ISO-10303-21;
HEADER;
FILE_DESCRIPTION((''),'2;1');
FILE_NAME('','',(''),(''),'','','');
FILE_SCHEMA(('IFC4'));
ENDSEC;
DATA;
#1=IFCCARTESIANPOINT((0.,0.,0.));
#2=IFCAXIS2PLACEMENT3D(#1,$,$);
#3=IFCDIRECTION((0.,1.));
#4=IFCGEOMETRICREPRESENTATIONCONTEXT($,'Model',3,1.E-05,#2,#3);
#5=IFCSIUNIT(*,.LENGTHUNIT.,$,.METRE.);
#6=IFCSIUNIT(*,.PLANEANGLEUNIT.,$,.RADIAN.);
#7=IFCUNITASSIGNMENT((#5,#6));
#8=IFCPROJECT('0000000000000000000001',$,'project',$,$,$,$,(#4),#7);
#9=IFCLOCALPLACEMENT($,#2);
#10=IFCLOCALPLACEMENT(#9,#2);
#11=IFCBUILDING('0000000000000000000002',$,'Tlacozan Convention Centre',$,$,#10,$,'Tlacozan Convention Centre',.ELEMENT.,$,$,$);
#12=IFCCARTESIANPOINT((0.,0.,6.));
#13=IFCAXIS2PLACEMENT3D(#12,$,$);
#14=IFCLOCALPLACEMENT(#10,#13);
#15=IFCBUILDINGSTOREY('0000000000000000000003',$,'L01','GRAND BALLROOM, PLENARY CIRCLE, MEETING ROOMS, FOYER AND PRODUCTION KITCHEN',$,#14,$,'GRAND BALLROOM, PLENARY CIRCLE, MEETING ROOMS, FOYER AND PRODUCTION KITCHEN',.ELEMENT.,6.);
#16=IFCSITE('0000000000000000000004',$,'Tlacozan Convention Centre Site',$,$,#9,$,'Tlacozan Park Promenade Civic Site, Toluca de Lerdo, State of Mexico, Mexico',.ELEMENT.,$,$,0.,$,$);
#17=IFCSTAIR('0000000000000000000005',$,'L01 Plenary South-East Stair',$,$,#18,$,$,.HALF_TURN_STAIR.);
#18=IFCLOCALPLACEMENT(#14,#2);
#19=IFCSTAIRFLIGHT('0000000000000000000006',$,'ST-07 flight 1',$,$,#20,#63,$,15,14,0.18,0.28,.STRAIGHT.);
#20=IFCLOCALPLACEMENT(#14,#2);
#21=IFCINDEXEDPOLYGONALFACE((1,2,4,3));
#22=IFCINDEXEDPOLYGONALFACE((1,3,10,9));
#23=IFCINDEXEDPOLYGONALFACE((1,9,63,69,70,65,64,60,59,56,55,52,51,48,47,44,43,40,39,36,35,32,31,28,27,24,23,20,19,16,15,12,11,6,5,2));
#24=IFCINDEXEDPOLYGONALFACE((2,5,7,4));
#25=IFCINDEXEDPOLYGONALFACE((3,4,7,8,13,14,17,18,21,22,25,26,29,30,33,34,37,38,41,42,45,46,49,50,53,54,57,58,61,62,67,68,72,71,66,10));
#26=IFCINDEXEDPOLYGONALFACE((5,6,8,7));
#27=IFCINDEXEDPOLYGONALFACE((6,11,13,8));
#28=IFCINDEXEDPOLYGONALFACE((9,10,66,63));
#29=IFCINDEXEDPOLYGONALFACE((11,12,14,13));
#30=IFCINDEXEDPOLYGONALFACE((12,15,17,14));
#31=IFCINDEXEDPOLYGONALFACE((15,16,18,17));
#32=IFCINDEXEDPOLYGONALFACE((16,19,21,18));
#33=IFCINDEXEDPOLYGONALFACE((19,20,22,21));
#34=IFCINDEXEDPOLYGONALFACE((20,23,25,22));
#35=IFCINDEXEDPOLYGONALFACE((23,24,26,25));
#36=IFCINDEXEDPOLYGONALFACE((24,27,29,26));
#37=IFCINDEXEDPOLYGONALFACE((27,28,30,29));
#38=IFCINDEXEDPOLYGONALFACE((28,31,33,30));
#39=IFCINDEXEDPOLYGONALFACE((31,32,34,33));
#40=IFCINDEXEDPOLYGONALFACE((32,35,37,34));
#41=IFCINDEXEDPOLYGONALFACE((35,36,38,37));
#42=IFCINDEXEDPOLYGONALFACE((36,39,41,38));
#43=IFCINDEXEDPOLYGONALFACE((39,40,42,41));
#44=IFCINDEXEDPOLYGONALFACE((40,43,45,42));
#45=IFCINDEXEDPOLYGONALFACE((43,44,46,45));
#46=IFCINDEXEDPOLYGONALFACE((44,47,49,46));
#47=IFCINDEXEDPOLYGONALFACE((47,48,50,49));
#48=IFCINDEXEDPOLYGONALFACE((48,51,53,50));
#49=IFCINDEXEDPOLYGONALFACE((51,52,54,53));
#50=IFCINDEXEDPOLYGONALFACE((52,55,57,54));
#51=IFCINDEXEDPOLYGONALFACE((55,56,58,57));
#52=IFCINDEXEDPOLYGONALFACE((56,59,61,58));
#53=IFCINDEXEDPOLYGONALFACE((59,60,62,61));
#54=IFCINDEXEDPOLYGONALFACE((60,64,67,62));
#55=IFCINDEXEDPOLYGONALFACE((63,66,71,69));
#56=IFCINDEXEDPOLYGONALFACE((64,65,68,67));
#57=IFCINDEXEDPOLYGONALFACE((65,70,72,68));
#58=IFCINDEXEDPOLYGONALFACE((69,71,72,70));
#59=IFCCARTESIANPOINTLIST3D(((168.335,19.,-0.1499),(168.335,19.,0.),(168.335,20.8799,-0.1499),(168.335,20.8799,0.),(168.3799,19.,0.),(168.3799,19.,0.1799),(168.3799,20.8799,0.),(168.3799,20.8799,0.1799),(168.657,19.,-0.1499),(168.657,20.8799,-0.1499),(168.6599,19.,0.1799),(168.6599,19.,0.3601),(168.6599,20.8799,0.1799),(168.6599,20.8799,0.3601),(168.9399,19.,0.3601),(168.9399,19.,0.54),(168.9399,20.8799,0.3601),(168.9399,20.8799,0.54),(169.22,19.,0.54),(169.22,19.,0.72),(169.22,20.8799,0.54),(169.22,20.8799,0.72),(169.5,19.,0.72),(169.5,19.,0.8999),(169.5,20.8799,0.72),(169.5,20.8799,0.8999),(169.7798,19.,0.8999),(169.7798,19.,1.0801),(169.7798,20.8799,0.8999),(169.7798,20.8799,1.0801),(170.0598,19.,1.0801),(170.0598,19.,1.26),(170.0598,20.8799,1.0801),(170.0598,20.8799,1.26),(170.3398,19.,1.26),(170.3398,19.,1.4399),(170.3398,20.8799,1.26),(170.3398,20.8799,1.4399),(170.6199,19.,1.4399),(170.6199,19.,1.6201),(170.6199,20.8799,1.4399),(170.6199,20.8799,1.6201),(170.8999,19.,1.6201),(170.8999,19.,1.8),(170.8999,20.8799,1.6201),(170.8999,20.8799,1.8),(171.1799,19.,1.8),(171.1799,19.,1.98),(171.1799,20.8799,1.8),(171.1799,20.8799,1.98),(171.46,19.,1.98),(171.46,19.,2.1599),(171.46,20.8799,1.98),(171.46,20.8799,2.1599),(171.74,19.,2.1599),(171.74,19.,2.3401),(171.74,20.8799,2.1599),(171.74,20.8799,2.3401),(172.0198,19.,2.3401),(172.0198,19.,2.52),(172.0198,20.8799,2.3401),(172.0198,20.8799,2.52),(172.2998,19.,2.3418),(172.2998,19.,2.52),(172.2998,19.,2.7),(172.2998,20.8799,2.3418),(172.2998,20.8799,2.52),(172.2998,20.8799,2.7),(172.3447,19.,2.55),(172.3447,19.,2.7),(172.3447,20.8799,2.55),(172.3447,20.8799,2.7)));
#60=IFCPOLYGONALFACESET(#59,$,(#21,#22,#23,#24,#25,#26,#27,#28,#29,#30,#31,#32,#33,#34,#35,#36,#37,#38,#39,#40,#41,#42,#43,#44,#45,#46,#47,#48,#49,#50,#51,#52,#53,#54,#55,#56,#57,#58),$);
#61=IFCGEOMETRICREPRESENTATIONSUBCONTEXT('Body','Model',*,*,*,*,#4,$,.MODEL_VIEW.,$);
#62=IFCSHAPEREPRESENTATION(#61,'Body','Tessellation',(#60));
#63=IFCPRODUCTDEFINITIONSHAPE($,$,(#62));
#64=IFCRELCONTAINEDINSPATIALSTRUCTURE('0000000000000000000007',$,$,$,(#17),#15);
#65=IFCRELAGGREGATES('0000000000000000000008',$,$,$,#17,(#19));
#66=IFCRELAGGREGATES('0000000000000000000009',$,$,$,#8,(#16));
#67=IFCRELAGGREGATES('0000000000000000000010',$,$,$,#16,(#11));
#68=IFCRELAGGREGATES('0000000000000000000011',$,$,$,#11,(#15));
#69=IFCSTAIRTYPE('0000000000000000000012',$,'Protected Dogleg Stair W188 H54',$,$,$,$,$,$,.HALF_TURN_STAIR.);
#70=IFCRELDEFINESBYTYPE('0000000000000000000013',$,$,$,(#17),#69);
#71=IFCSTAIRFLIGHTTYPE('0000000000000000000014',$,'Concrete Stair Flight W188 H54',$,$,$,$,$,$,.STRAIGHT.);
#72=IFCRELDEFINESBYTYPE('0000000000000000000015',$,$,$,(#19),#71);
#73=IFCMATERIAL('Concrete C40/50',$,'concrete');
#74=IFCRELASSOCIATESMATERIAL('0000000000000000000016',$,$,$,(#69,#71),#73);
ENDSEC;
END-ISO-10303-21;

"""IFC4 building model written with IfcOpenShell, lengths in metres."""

from ifc_helpers import new_model, si_unit, direction, frame, origin, place, context, subcontext, project, spatial, polyline, outline, extrude, material, type_object, element, aggregate, save


model = new_model("IFC4")

# Units and contexts
model_context = context("Model", 3, precision=1e-05, world=origin(), true_north=direction((0.0, 1.0)))
body_context = subcontext(model_context, "Body", "Model", "MODEL_VIEW")
ifc_project = project(units=[si_unit("LENGTHUNIT", "METRE"), si_unit("PLANEANGLEUNIT", "RADIAN")], contexts=[model_context])

# Site, building, storey
site_placement = place(None, origin())
site = spatial("IfcSite", under=ifc_project, at=site_placement, Name="Tlacozan Convention Centre Site", LongName="Tlacozan Park Promenade Civic Site, Toluca de Lerdo, State of Mexico, Mexico", CompositionType="ELEMENT", RefElevation=0.0)
building_placement = place(site_placement, origin())
building = spatial("IfcBuilding", under=site, at=building_placement, Name="Tlacozan Convention Centre", LongName="Tlacozan Convention Centre", CompositionType="ELEMENT")
storey_placement = place(building_placement, frame((0.0, 0.0, 6.0)))
storey = spatial("IfcBuildingStorey", under=building, at=storey_placement, Name="L01", Description="GRAND BALLROOM, PLENARY CIRCLE, MEETING ROOMS, FOYER AND PRODUCTION KITCHEN", LongName="GRAND BALLROOM, PLENARY CIRCLE, MEETING ROOMS, FOYER AND PRODUCTION KITCHEN", CompositionType="ELEMENT", Elevation=6.0)

# Shared definitions
ifc_material_1 = material(Name="Concrete C40/50", Category="concrete")

# Stair, stair flight
stair_type = type_object("IfcStairType", Name="Protected Dogleg Stair W188 H54", PredefinedType="HALF_TURN_STAIR", material=ifc_material_1)
stair_placement = place(storey_placement, origin())
stair = element("IfcStair", 1, at=stair_placement, inside=storey, type_object=stair_type, Name="L01 Plenary South-East Stair", PredefinedType="HALF_TURN_STAIR")
stair_flight_type = type_object("IfcStairFlightType", Name="Concrete Stair Flight W188 H54", PredefinedType="STRAIGHT", material=ifc_material_1)
stair_flight_placement = place(storey_placement, frame((168.3799, 19.9399, 0.0), z_axis=(0.0, 0.0, 1.0), x_axis=(1.0, 0.0, 0.0)))
stair_flight = element("IfcStairFlight", 2, at=stair_flight_placement, type_object=stair_flight_type, Name="ST-07 flight 1", NumberOfRisers=15, NumberOfTreads=14, PredefinedType="STRAIGHT", RiserHeight=0.18, TreadLength=0.28, context=body_context, shape_type="SweptSolid", body=[
    extrude(outline(polyline([(-0.0449, -0.1499), (-0.0449, 0.0), (0.0, 0.0), (0.0, 0.1799), (0.28, 0.1799), (0.28, 0.3601), (0.5601, 0.3601), (0.5601, 0.54), (0.8401, 0.54), (0.8401, 0.72), (1.1201, 0.72), (1.1201, 0.8999), (1.3999, 0.8999), (1.3999, 1.0801), (1.6799, 1.0801), (1.6799, 1.26), (1.96, 1.26), (1.96, 1.4399), (2.24, 1.4399), (2.24, 1.6201), (2.52, 1.6201), (2.52, 1.8), (2.8, 1.8), (2.8, 1.98), (3.0801, 1.98), (3.0801, 2.1599), (3.3601, 2.1599), (3.3601, 2.3401), (3.6399, 2.3401), (3.6399, 2.52), (3.9199, 2.52), (3.9199, 2.7), (3.9648, 2.7), (3.9648, 2.55), (3.9199, 2.3418), (0.2771, -0.1499), (-0.0449, -0.1499)])), frame((0.0, 0.9399, 0.0), z_axis=(0.0, -1.0, 0.0), x_axis=(1.0, 0.0, 0.0)), (0.0, 0.0, 1.0), 1.8799),
])
aggregate(stair, [stair_flight])

save(model, "model.ifc")
